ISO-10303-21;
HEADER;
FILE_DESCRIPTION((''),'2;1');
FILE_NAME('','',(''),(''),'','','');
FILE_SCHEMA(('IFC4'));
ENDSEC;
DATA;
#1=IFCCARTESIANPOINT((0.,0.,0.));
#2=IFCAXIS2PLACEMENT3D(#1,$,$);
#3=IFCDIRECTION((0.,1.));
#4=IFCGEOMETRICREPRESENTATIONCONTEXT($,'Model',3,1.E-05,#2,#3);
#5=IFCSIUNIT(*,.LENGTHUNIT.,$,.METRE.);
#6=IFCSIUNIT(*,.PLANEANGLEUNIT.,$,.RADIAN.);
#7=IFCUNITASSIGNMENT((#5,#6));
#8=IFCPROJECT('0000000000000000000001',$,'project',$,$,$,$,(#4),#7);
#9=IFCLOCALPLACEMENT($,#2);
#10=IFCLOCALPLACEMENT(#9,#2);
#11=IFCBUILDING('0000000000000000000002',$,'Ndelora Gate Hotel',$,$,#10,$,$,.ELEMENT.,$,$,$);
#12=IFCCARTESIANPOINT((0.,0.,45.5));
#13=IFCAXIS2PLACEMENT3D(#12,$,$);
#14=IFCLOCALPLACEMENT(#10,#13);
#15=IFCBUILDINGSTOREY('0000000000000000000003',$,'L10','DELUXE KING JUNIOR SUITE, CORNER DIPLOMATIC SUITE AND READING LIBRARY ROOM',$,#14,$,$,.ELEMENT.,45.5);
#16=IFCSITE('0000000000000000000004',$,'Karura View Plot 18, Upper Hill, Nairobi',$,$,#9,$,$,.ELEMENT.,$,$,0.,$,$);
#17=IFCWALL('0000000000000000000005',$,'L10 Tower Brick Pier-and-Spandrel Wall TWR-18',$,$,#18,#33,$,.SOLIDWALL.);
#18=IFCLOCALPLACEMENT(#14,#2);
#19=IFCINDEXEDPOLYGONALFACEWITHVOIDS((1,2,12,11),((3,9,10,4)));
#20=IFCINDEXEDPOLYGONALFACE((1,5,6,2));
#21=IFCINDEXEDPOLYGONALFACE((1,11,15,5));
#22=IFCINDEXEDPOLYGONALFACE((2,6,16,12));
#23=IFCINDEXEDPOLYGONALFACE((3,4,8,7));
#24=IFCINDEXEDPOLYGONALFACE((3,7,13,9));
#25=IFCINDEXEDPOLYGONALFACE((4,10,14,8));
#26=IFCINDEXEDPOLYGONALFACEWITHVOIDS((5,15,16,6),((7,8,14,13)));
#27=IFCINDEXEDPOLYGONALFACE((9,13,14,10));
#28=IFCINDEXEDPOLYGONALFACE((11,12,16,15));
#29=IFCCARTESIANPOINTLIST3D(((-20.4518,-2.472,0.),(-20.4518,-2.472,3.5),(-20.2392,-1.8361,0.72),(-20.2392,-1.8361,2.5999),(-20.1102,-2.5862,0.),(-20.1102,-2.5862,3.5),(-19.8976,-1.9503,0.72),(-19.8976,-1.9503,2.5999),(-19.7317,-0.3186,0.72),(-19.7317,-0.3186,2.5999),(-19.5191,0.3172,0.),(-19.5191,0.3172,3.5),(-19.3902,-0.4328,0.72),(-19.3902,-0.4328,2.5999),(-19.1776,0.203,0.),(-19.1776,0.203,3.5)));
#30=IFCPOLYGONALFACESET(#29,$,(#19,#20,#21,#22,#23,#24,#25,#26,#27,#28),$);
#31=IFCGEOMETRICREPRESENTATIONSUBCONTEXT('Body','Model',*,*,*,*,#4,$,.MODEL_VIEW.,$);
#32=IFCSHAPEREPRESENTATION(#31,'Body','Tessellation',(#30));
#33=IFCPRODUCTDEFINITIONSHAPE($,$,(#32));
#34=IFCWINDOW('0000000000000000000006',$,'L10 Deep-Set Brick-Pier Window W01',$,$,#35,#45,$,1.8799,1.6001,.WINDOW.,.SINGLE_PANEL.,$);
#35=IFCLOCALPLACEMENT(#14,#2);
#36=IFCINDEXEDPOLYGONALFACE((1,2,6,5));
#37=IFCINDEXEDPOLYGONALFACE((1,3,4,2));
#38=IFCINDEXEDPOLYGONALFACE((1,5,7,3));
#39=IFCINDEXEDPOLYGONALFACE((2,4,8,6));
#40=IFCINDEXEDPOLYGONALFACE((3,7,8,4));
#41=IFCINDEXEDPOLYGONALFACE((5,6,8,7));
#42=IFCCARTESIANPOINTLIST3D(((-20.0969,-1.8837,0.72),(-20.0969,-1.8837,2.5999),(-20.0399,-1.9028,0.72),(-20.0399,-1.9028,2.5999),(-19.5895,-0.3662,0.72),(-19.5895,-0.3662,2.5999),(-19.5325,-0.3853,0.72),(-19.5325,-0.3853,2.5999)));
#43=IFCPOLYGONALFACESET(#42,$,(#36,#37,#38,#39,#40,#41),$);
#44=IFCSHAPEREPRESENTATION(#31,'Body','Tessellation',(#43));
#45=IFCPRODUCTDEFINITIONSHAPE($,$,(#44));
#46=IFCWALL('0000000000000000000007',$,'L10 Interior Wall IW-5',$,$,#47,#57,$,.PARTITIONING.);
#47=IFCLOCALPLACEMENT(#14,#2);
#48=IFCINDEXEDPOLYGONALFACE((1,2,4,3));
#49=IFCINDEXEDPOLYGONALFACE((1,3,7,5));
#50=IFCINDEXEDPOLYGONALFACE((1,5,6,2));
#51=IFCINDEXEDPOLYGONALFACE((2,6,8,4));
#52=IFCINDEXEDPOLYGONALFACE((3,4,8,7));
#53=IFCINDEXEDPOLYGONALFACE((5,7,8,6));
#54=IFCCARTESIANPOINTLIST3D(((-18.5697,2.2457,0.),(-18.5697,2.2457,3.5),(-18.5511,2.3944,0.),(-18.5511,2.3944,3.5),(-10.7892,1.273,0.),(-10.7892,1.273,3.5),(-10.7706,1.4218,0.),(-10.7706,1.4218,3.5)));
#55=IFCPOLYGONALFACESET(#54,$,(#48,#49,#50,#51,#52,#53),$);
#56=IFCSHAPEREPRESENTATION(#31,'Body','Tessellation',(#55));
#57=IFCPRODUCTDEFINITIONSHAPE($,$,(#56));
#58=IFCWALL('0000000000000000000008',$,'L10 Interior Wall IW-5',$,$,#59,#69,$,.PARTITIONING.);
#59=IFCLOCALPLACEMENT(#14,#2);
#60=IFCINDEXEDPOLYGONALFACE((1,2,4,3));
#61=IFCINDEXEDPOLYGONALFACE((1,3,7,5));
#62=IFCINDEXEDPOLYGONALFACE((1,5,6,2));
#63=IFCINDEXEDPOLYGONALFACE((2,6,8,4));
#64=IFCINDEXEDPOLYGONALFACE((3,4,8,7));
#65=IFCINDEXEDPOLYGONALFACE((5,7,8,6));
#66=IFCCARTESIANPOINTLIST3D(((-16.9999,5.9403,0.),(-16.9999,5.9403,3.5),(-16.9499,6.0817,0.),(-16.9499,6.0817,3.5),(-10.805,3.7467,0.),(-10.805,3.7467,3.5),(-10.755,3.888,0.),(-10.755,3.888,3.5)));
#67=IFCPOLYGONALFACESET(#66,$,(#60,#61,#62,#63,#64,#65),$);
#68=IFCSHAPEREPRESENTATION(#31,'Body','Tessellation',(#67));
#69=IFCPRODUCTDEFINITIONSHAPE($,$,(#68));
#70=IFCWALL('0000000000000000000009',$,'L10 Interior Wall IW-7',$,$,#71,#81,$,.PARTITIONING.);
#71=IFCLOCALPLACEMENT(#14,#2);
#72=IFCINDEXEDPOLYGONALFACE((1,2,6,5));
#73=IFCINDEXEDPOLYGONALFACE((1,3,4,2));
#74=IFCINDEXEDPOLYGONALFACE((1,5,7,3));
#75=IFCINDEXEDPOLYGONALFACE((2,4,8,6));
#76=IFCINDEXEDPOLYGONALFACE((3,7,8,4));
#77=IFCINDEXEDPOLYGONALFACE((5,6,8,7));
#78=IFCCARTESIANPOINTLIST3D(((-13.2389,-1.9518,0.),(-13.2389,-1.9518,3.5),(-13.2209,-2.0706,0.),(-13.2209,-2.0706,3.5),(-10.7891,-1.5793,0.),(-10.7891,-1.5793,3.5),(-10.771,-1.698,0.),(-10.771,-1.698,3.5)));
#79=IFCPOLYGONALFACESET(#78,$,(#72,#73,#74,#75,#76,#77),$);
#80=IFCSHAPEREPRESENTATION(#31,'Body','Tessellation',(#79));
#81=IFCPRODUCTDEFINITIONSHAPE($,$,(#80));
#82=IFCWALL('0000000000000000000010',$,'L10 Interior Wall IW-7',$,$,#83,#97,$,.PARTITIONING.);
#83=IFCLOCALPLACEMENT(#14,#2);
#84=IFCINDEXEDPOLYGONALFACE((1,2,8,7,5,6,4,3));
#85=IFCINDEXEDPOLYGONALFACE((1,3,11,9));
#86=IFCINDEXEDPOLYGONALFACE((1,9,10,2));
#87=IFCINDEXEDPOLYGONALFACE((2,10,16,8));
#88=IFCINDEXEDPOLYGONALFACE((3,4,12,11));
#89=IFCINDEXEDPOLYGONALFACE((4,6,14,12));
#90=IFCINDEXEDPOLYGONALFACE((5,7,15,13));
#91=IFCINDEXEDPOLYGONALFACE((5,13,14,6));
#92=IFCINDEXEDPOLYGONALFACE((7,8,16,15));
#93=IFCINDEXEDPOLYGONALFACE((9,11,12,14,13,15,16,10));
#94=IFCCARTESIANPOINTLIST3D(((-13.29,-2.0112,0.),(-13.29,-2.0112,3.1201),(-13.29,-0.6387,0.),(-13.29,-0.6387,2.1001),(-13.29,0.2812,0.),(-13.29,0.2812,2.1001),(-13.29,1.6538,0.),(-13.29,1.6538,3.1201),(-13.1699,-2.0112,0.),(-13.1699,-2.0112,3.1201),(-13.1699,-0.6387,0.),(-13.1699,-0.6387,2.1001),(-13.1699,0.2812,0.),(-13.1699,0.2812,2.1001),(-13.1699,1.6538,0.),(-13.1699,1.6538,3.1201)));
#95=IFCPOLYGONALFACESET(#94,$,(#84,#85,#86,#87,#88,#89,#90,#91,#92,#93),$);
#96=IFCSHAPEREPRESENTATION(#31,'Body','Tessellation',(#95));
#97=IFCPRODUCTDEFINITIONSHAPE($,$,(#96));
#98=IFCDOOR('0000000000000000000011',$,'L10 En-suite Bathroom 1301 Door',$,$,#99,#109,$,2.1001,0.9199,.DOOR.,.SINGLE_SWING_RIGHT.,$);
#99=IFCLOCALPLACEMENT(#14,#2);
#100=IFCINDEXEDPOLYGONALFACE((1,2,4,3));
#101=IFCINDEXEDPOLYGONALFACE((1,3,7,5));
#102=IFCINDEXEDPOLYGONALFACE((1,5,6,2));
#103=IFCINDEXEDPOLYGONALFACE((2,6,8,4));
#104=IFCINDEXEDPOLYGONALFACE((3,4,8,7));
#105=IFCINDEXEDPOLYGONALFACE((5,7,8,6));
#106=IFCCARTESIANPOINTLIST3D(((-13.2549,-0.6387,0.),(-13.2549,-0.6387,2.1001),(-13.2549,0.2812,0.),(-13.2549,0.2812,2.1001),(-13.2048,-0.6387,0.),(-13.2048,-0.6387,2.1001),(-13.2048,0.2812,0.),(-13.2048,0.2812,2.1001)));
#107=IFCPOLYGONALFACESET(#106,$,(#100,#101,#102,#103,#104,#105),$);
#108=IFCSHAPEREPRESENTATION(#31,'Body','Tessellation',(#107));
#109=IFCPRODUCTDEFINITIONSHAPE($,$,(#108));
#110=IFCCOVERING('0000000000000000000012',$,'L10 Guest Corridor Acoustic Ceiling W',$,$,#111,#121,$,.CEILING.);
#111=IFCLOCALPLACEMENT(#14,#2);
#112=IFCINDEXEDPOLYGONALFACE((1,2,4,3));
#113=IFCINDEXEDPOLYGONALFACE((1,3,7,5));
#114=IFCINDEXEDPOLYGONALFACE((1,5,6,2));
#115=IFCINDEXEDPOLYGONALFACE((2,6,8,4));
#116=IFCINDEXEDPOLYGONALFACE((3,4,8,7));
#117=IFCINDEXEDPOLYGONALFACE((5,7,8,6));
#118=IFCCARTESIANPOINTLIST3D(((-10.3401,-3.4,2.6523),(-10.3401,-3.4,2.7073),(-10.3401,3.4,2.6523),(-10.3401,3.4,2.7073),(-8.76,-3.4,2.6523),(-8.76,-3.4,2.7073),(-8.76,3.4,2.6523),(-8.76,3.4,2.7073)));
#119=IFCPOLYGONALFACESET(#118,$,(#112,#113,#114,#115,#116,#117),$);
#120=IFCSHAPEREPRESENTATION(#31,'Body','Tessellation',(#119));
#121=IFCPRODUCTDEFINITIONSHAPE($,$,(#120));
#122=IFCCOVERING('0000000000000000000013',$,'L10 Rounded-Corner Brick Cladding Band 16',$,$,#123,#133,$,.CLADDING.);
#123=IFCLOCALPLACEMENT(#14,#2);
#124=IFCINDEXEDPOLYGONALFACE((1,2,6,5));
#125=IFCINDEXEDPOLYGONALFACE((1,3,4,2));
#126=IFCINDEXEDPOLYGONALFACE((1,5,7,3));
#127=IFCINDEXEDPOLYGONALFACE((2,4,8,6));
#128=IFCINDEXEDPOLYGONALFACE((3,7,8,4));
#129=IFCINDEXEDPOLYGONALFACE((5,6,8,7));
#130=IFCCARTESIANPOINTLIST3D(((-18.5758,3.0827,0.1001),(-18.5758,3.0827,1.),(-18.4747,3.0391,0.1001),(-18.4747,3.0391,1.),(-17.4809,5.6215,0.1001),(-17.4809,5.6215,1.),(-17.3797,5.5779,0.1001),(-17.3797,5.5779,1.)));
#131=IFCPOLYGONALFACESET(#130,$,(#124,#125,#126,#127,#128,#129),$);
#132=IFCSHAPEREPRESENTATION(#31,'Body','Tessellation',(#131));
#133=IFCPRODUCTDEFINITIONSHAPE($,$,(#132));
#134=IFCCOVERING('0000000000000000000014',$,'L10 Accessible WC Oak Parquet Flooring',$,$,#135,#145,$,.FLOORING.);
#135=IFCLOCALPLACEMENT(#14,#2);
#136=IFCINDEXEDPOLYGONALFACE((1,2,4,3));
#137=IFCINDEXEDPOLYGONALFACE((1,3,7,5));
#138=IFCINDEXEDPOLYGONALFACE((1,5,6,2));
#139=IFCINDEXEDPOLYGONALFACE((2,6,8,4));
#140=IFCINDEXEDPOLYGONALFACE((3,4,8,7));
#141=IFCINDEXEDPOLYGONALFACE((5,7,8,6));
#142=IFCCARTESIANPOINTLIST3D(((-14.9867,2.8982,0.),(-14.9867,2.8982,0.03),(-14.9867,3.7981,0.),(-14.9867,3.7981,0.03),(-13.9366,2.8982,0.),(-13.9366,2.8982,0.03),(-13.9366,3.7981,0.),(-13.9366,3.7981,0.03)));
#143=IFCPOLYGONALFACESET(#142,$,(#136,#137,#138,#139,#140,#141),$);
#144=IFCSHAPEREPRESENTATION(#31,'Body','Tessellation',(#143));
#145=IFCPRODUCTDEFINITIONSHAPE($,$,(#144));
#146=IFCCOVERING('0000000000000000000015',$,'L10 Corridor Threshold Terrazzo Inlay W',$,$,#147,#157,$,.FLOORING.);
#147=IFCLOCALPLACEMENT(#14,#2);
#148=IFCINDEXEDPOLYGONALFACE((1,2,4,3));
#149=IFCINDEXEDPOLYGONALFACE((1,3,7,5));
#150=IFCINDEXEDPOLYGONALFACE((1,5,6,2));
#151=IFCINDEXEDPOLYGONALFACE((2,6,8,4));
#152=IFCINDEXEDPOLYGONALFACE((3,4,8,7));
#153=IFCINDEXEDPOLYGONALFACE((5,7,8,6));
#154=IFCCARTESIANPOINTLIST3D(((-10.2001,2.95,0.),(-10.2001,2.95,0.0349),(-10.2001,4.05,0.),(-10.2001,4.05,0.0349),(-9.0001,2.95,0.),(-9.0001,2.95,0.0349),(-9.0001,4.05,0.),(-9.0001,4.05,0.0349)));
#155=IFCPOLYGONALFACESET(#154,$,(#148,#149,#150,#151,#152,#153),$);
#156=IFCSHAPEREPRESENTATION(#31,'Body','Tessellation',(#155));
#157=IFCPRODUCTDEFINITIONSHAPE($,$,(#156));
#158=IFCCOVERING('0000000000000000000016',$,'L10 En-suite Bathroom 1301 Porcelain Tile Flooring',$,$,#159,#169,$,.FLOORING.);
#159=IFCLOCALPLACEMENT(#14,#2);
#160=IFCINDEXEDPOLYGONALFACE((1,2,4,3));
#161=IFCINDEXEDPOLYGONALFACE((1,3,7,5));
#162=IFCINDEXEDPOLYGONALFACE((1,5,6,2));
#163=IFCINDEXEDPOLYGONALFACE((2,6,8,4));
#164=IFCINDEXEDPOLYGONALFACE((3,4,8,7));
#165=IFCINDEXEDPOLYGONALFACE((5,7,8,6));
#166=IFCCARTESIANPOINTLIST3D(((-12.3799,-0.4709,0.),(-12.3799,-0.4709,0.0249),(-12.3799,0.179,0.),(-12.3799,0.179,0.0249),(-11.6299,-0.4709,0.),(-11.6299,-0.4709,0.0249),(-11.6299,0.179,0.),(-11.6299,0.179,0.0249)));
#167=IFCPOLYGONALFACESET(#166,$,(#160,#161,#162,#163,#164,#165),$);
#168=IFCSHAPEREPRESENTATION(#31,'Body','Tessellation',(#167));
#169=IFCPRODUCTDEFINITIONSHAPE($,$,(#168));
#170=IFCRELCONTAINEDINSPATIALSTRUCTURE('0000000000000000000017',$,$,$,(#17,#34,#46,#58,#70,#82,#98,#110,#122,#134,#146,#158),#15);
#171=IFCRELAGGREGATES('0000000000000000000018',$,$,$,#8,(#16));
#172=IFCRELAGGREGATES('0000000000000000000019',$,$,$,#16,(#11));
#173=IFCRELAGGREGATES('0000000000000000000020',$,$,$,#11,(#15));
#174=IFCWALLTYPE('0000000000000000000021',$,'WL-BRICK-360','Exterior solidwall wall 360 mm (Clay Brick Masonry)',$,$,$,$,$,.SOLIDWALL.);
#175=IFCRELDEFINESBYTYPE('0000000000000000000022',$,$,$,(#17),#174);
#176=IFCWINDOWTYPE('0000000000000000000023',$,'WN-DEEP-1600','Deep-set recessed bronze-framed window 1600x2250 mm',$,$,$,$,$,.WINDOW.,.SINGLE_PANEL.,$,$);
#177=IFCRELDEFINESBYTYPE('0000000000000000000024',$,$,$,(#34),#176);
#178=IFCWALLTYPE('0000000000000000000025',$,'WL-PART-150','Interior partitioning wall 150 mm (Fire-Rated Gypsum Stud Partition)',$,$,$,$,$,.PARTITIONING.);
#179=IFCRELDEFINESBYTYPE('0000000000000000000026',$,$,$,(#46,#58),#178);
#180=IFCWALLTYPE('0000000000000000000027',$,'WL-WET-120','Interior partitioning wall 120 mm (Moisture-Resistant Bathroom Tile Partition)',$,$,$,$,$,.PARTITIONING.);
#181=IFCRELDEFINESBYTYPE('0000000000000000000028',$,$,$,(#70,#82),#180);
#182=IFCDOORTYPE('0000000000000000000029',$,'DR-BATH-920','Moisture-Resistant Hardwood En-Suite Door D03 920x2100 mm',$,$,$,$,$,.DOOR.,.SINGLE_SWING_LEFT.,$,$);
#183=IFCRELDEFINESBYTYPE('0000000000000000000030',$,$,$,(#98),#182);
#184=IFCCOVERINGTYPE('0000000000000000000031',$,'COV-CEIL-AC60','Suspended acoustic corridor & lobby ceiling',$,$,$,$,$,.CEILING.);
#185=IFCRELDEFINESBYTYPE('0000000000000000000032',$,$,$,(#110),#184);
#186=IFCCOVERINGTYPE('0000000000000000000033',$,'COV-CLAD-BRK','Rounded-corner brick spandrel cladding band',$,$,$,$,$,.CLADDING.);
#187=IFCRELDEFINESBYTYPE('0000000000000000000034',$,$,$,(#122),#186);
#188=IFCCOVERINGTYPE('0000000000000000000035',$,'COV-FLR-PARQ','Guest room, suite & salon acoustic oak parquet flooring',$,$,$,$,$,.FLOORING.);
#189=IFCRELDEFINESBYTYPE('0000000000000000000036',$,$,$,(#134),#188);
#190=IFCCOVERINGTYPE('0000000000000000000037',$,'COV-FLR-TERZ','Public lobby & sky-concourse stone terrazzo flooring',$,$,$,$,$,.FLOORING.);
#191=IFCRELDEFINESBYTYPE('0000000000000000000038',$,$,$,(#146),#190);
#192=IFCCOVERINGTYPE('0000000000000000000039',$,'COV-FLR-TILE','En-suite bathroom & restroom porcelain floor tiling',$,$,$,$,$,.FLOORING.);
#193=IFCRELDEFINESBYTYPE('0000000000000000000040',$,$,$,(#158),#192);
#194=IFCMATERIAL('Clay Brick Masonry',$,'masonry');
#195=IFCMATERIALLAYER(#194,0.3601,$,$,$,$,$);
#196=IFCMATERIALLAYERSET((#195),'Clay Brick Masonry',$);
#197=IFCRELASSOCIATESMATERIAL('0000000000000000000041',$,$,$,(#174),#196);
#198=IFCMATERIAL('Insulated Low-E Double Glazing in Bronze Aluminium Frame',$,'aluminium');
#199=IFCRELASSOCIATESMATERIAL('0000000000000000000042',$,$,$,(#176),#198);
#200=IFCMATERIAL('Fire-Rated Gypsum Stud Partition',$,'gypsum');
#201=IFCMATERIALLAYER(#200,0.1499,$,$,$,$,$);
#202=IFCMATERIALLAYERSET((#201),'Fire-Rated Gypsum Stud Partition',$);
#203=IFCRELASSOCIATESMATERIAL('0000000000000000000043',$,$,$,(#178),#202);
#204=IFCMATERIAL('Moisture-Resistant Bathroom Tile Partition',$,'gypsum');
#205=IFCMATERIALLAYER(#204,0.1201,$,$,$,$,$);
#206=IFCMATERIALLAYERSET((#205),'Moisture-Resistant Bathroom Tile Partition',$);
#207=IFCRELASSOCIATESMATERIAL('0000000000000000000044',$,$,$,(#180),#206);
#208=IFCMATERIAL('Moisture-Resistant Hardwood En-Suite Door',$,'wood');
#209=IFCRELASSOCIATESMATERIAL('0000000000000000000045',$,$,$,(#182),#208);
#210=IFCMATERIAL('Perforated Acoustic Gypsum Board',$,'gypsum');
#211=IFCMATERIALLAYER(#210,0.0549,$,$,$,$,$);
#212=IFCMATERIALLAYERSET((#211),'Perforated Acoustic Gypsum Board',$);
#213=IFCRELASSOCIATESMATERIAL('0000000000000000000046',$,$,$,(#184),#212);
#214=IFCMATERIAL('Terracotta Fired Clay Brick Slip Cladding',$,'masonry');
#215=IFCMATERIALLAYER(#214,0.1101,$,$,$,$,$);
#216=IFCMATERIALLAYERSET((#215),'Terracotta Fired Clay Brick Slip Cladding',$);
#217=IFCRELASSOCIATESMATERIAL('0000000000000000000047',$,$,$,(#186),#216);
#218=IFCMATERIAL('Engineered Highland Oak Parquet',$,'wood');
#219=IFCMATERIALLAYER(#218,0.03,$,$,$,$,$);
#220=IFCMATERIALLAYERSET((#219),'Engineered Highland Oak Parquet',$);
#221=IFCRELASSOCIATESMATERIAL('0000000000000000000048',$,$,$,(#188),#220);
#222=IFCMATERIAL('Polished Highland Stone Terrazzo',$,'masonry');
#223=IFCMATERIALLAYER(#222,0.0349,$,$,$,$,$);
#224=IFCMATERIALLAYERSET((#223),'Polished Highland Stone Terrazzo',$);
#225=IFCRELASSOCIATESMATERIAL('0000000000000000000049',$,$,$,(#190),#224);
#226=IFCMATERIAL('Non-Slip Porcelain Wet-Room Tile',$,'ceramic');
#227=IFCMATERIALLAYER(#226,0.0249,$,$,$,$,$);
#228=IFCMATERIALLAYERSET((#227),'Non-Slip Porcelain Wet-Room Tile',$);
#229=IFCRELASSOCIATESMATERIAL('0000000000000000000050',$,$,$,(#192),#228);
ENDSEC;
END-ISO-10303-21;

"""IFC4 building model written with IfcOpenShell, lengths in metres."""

from ifc_helpers import new_model, si_unit, direction, frame, frame_2d, origin, origin_2d, place, context, subcontext, project, spatial, rectangle, extrude, material, layer, layer_set, type_object, element, fill, save


model = new_model("IFC4")

# Units and contexts
model_context = context("Model", 3, precision=1e-05, world=origin(), true_north=direction((0.0, 1.0)))
body_context = subcontext(model_context, "Body", "Model", "MODEL_VIEW")
ifc_project = project(units=[si_unit("LENGTHUNIT", "METRE"), si_unit("PLANEANGLEUNIT", "RADIAN")], contexts=[model_context])

# Site, building, storey
site_placement = place(None, origin())
site = spatial("IfcSite", under=ifc_project, at=site_placement, Name="Karura View Plot 18, Upper Hill, Nairobi", CompositionType="ELEMENT", RefElevation=0.0)
building_placement = place(site_placement, origin())
building = spatial("IfcBuilding", under=site, at=building_placement, Name="Ndelora Gate Hotel", CompositionType="ELEMENT")
storey_placement = place(building_placement, frame((0.0, 0.0, 45.5)))
storey = spatial("IfcBuildingStorey", under=building, at=storey_placement, Name="L10", Description="DELUXE KING JUNIOR SUITE, CORNER DIPLOMATIC SUITE AND READING LIBRARY ROOM", CompositionType="ELEMENT", Elevation=45.5)

# Wall, opening, window
ifc_material_1 = material(Name="Clay Brick Masonry", Category="masonry")
ifc_layer_1 = layer(ifc_material_1, 0.3601)
ifc_layer_set_1 = layer_set([ifc_layer_1], Name="Clay Brick Masonry")
wall_type_1 = type_object("IfcWallType", Name="WL-BRICK-360", Description="Exterior solidwall wall 360 mm (Clay Brick Masonry)", PredefinedType="SOLIDWALL", material=ifc_layer_set_1)
ifc_material_2 = material(Name="Insulated Low-E Double Glazing in Bronze Aluminium Frame", Category="aluminium")
window_type_1 = type_object("IfcWindowType", Name="WN-DEEP-1600", Description="Deep-set recessed bronze-framed window 1600x2250 mm", PartitioningType="SINGLE_PANEL", PredefinedType="WINDOW", material=ifc_material_2)
wall_1_placement = place(storey_placement, frame((-20.281, -2.5291, 0.0), z_axis=(0.0, 0.0, 1.0), x_axis=(0.317124, 0.948384, 0.0)))
wall_1 = element("IfcWall", 1, at=wall_1_placement, inside=storey, type_object=wall_type_1, Name="L10 Tower Brick Pier-and-Spandrel Wall TWR-18", PredefinedType="SOLIDWALL", context=body_context, shape_type="SweptSolid", body=[
    extrude(rectangle(XDim=2.9409, YDim=0.3601, at=frame_2d((1.4705, 0.0))), origin(), (0.0, 0.0, 1.0), 3.5),
])
opening_1_placement = place(wall_1_placement, frame((0.6704, 0.0, 0.72)))
opening_1 = element("IfcOpeningElement", 2, at=opening_1_placement, cuts=wall_1, PredefinedType="OPENING", context=body_context, shape_type="SweptSolid", body=[
    extrude(rectangle(XDim=1.6001, YDim=1.8799, at=frame_2d((0.8, 0.9399))), frame((0.0, 0.1899, 0.0), z_axis=(0.0, -1.0, 0.0), x_axis=(1.0, 0.0, 0.0)), (0.0, 0.0, 1.0), 0.3801),
])
window_1_placement = place(opening_1_placement, origin())
window_1 = element("IfcWindow", 3, at=window_1_placement, inside=storey, type_object=window_type_1, Name="L10 Deep-Set Brick-Pier Window W01", OverallHeight=1.8799, OverallWidth=1.6001, PartitioningType="SINGLE_PANEL", PredefinedType="WINDOW", context=body_context, shape_type="SweptSolid", body=[
    extrude(rectangle(XDim=1.6001, YDim=1.8799, at=frame_2d((0.8, 0.9399))), frame((0.0, 0.03, 0.0), z_axis=(0.0, -1.0, 0.0), x_axis=(1.0, 0.0, 0.0)), (0.0, 0.0, 1.0), 0.0601),
])
fill(opening_1, window_1)

# Walls
ifc_material_3 = material(Name="Fire-Rated Gypsum Stud Partition", Category="gypsum")
ifc_layer_2 = layer(ifc_material_3, 0.1499)
ifc_layer_set_2 = layer_set([ifc_layer_2], Name="Fire-Rated Gypsum Stud Partition")
wall_type_2 = type_object("IfcWallType", Name="WL-PART-150", Description="Interior partitioning wall 150 mm (Fire-Rated Gypsum Stud Partition)", PredefinedType="PARTITIONING", material=ifc_layer_set_2)
wall_2_placement = place(storey_placement, frame((-10.78, 1.3474, 0.0), z_axis=(0.0, 0.0, 1.0), x_axis=(-0.992276, 0.124046, 0.0)))
element("IfcWall", 4, at=wall_2_placement, inside=storey, type_object=wall_type_2, Name="L10 Interior Wall IW-5", PredefinedType="PARTITIONING", context=body_context, shape_type="SweptSolid", body=[
    extrude(rectangle(XDim=7.8411, YDim=0.1499, at=frame_2d((3.9204, 0.0))), origin(), (0.0, 0.0, 1.0), 3.5),
])
wall_3_placement = place(storey_placement, frame((-10.78, 3.8174, 0.0), z_axis=(0.0, 0.0, 1.0), x_axis=(-0.942646, 0.333794, 0.0)))
element("IfcWall", 5, at=wall_3_placement, inside=storey, type_object=wall_type_2, Name="L10 Interior Wall IW-5", PredefinedType="PARTITIONING", context=body_context, shape_type="SweptSolid", body=[
    extrude(rectangle(XDim=6.5718, YDim=0.1499, at=frame_2d((3.2859, 0.0))), origin(), (0.0, 0.0, 1.0), 3.5),
])
ifc_material_4 = material(Name="Moisture-Resistant Bathroom Tile Partition", Category="gypsum")
ifc_layer_3 = layer(ifc_material_4, 0.1201)
ifc_layer_set_3 = layer_set([ifc_layer_3], Name="Moisture-Resistant Bathroom Tile Partition")
wall_type_3 = type_object("IfcWallType", Name="WL-WET-120", Description="Interior partitioning wall 120 mm (Moisture-Resistant Bathroom Tile Partition)", PredefinedType="PARTITIONING", material=ifc_layer_set_3)
wall_4_placement = place(storey_placement, frame((-10.78, -1.6387, 0.0), z_axis=(0.0, 0.0, 1.0), x_axis=(-0.988634, -0.150339, 0.0)))
element("IfcWall", 6, at=wall_4_placement, inside=storey, type_object=wall_type_3, Name="L10 Interior Wall IW-7", PredefinedType="PARTITIONING", context=body_context, shape_type="SweptSolid", body=[
    extrude(rectangle(XDim=2.478, YDim=0.1201, at=frame_2d((1.239, 0.0))), origin(), (0.0, 0.0, 1.0), 3.5),
])

# Wall, opening, door
wall_5_placement = place(storey_placement, frame((-13.23, -2.0112, 0.0), z_axis=(0.0, 0.0, 1.0), x_axis=(0.0, 1.0, 0.0)))
wall_5 = element("IfcWall", 7, at=wall_5_placement, inside=storey, type_object=wall_type_3, Name="L10 Interior Wall IW-7", PredefinedType="PARTITIONING", context=body_context, shape_type="SweptSolid", body=[
    extrude(rectangle(XDim=3.665, YDim=0.1201, at=frame_2d((1.8325, 0.0))), origin(), (0.0, 0.0, 1.0), 3.1201),
])
opening_2_placement = place(wall_5_placement, frame((1.3726, 0.0, 0.0)))
opening_2 = element("IfcOpeningElement", 8, at=opening_2_placement, cuts=wall_5, PredefinedType="OPENING", context=body_context, shape_type="SweptSolid", body=[
    extrude(rectangle(XDim=0.9199, YDim=2.1001, at=frame_2d((0.46, 1.05))), frame((0.0, 0.0701, 0.0), z_axis=(0.0, -1.0, 0.0), x_axis=(1.0, 0.0, 0.0)), (0.0, 0.0, 1.0), 0.1401),
])
ifc_material_5 = material(Name="Moisture-Resistant Hardwood En-Suite Door", Category="wood")
door_type_1 = type_object("IfcDoorType", Name="DR-BATH-920", Description="Moisture-Resistant Hardwood En-Suite Door D03 920x2100 mm", OperationType="SINGLE_SWING_LEFT", PredefinedType="DOOR", material=ifc_material_5)
door_1_placement = place(opening_2_placement, origin())
door_1 = element("IfcDoor", 9, at=door_1_placement, inside=storey, type_object=door_type_1, Name="L10 En-suite Bathroom 1301 Door", OperationType="SINGLE_SWING_RIGHT", OverallHeight=2.1001, OverallWidth=0.9199, PredefinedType="DOOR", context=body_context, shape_type="SweptSolid", body=[
    extrude(rectangle(XDim=0.9199, YDim=2.1001, at=frame_2d((0.46, 1.05))), frame((0.0, 0.0249, 0.0), z_axis=(0.0, -1.0, 0.0), x_axis=(1.0, 0.0, 0.0)), (0.0, 0.0, 1.0), 0.05),
])
fill(opening_2, door_1)

# Coverings
ifc_material_6 = material(Name="Perforated Acoustic Gypsum Board", Category="gypsum")
ifc_layer_4 = layer(ifc_material_6, 0.0549)
ifc_layer_set_4 = layer_set([ifc_layer_4], Name="Perforated Acoustic Gypsum Board")
covering_type_1 = type_object("IfcCoveringType", Name="COV-CEIL-AC60", Description="Suspended acoustic corridor & lobby ceiling", PredefinedType="CEILING", material=ifc_layer_set_4)
covering_1_placement = place(storey_placement, frame((-9.55, 0.0, 2.6523), z_axis=(0.0, 0.0, 1.0), x_axis=(1.0, 0.0, 0.0)))
element("IfcCovering", 10, at=covering_1_placement, inside=storey, type_object=covering_type_1, Name="L10 Guest Corridor Acoustic Ceiling W", PredefinedType="CEILING", context=body_context, shape_type="SweptSolid", body=[
    extrude(rectangle(XDim=1.5801, YDim=6.8, at=origin_2d()), origin(), (0.0, 0.0, 1.0), 0.0549),
])
ifc_material_7 = material(Name="Terracotta Fired Clay Brick Slip Cladding", Category="masonry")
ifc_layer_5 = layer(ifc_material_7, 0.1101)
ifc_layer_set_5 = layer_set([ifc_layer_5], Name="Terracotta Fired Clay Brick Slip Cladding")
covering_type_2 = type_object("IfcCoveringType", Name="COV-CLAD-BRK", Description="Rounded-corner brick spandrel cladding band", PredefinedType="CLADDING", material=ifc_layer_set_5)
covering_2_placement = place(storey_placement, frame((-17.9778, 4.3303, 0.1001), z_axis=(0.0, 0.0, 1.0), x_axis=(0.396026, 0.918239, 0.0)))
element("IfcCovering", 11, at=covering_2_placement, inside=storey, type_object=covering_type_2, Name="L10 Rounded-Corner Brick Cladding Band 16", PredefinedType="CLADDING", context=body_context, shape_type="SweptSolid", body=[
    extrude(rectangle(XDim=2.7649, YDim=0.1101, at=origin_2d()), origin(), (0.0, 0.0, 1.0), 0.8999),
])
ifc_material_8 = material(Name="Engineered Highland Oak Parquet", Category="wood")
ifc_layer_6 = layer(ifc_material_8, 0.03)
ifc_layer_set_6 = layer_set([ifc_layer_6], Name="Engineered Highland Oak Parquet")
covering_type_3 = type_object("IfcCoveringType", Name="COV-FLR-PARQ", Description="Guest room, suite & salon acoustic oak parquet flooring", PredefinedType="FLOORING", material=ifc_layer_set_6)
covering_3_placement = place(storey_placement, frame((-14.4617, 3.3481, 0.0), z_axis=(0.0, 0.0, 1.0), x_axis=(1.0, 0.0, 0.0)))
element("IfcCovering", 12, at=covering_3_placement, inside=storey, type_object=covering_type_3, Name="L10 Accessible WC Oak Parquet Flooring", PredefinedType="FLOORING", context=body_context, shape_type="SweptSolid", body=[
    extrude(rectangle(XDim=1.05, YDim=0.8999, at=origin_2d()), origin(), (0.0, 0.0, 1.0), 0.03),
])
ifc_material_9 = material(Name="Polished Highland Stone Terrazzo", Category="masonry")
ifc_layer_7 = layer(ifc_material_9, 0.0349)
ifc_layer_set_7 = layer_set([ifc_layer_7], Name="Polished Highland Stone Terrazzo")
covering_type_4 = type_object("IfcCoveringType", Name="COV-FLR-TERZ", Description="Public lobby & sky-concourse stone terrazzo flooring", PredefinedType="FLOORING", material=ifc_layer_set_7)
covering_4_placement = place(storey_placement, frame((-9.6001, 3.5, 0.0), z_axis=(0.0, 0.0, 1.0), x_axis=(1.0, 0.0, 0.0)))
element("IfcCovering", 13, at=covering_4_placement, inside=storey, type_object=covering_type_4, Name="L10 Corridor Threshold Terrazzo Inlay W", PredefinedType="FLOORING", context=body_context, shape_type="SweptSolid", body=[
    extrude(rectangle(XDim=1.2, YDim=1.1001, at=origin_2d()), origin(), (0.0, 0.0, 1.0), 0.0349),
])
ifc_material_10 = material(Name="Non-Slip Porcelain Wet-Room Tile", Category="ceramic")
ifc_layer_8 = layer(ifc_material_10, 0.0249)
ifc_layer_set_8 = layer_set([ifc_layer_8], Name="Non-Slip Porcelain Wet-Room Tile")
covering_type_5 = type_object("IfcCoveringType", Name="COV-FLR-TILE", Description="En-suite bathroom & restroom porcelain floor tiling", PredefinedType="FLOORING", material=ifc_layer_set_8)
covering_5_placement = place(storey_placement, frame((-12.0049, -0.146, 0.0), z_axis=(0.0, 0.0, 1.0), x_axis=(1.0, 0.0, 0.0)))
element("IfcCovering", 14, at=covering_5_placement, inside=storey, type_object=covering_type_5, Name="L10 En-suite Bathroom 1301 Porcelain Tile Flooring", PredefinedType="FLOORING", context=body_context, shape_type="SweptSolid", body=[
    extrude(rectangle(XDim=0.75, YDim=0.6499, at=origin_2d()), origin(), (0.0, 0.0, 1.0), 0.0249),
])

save(model, "model.ifc")
